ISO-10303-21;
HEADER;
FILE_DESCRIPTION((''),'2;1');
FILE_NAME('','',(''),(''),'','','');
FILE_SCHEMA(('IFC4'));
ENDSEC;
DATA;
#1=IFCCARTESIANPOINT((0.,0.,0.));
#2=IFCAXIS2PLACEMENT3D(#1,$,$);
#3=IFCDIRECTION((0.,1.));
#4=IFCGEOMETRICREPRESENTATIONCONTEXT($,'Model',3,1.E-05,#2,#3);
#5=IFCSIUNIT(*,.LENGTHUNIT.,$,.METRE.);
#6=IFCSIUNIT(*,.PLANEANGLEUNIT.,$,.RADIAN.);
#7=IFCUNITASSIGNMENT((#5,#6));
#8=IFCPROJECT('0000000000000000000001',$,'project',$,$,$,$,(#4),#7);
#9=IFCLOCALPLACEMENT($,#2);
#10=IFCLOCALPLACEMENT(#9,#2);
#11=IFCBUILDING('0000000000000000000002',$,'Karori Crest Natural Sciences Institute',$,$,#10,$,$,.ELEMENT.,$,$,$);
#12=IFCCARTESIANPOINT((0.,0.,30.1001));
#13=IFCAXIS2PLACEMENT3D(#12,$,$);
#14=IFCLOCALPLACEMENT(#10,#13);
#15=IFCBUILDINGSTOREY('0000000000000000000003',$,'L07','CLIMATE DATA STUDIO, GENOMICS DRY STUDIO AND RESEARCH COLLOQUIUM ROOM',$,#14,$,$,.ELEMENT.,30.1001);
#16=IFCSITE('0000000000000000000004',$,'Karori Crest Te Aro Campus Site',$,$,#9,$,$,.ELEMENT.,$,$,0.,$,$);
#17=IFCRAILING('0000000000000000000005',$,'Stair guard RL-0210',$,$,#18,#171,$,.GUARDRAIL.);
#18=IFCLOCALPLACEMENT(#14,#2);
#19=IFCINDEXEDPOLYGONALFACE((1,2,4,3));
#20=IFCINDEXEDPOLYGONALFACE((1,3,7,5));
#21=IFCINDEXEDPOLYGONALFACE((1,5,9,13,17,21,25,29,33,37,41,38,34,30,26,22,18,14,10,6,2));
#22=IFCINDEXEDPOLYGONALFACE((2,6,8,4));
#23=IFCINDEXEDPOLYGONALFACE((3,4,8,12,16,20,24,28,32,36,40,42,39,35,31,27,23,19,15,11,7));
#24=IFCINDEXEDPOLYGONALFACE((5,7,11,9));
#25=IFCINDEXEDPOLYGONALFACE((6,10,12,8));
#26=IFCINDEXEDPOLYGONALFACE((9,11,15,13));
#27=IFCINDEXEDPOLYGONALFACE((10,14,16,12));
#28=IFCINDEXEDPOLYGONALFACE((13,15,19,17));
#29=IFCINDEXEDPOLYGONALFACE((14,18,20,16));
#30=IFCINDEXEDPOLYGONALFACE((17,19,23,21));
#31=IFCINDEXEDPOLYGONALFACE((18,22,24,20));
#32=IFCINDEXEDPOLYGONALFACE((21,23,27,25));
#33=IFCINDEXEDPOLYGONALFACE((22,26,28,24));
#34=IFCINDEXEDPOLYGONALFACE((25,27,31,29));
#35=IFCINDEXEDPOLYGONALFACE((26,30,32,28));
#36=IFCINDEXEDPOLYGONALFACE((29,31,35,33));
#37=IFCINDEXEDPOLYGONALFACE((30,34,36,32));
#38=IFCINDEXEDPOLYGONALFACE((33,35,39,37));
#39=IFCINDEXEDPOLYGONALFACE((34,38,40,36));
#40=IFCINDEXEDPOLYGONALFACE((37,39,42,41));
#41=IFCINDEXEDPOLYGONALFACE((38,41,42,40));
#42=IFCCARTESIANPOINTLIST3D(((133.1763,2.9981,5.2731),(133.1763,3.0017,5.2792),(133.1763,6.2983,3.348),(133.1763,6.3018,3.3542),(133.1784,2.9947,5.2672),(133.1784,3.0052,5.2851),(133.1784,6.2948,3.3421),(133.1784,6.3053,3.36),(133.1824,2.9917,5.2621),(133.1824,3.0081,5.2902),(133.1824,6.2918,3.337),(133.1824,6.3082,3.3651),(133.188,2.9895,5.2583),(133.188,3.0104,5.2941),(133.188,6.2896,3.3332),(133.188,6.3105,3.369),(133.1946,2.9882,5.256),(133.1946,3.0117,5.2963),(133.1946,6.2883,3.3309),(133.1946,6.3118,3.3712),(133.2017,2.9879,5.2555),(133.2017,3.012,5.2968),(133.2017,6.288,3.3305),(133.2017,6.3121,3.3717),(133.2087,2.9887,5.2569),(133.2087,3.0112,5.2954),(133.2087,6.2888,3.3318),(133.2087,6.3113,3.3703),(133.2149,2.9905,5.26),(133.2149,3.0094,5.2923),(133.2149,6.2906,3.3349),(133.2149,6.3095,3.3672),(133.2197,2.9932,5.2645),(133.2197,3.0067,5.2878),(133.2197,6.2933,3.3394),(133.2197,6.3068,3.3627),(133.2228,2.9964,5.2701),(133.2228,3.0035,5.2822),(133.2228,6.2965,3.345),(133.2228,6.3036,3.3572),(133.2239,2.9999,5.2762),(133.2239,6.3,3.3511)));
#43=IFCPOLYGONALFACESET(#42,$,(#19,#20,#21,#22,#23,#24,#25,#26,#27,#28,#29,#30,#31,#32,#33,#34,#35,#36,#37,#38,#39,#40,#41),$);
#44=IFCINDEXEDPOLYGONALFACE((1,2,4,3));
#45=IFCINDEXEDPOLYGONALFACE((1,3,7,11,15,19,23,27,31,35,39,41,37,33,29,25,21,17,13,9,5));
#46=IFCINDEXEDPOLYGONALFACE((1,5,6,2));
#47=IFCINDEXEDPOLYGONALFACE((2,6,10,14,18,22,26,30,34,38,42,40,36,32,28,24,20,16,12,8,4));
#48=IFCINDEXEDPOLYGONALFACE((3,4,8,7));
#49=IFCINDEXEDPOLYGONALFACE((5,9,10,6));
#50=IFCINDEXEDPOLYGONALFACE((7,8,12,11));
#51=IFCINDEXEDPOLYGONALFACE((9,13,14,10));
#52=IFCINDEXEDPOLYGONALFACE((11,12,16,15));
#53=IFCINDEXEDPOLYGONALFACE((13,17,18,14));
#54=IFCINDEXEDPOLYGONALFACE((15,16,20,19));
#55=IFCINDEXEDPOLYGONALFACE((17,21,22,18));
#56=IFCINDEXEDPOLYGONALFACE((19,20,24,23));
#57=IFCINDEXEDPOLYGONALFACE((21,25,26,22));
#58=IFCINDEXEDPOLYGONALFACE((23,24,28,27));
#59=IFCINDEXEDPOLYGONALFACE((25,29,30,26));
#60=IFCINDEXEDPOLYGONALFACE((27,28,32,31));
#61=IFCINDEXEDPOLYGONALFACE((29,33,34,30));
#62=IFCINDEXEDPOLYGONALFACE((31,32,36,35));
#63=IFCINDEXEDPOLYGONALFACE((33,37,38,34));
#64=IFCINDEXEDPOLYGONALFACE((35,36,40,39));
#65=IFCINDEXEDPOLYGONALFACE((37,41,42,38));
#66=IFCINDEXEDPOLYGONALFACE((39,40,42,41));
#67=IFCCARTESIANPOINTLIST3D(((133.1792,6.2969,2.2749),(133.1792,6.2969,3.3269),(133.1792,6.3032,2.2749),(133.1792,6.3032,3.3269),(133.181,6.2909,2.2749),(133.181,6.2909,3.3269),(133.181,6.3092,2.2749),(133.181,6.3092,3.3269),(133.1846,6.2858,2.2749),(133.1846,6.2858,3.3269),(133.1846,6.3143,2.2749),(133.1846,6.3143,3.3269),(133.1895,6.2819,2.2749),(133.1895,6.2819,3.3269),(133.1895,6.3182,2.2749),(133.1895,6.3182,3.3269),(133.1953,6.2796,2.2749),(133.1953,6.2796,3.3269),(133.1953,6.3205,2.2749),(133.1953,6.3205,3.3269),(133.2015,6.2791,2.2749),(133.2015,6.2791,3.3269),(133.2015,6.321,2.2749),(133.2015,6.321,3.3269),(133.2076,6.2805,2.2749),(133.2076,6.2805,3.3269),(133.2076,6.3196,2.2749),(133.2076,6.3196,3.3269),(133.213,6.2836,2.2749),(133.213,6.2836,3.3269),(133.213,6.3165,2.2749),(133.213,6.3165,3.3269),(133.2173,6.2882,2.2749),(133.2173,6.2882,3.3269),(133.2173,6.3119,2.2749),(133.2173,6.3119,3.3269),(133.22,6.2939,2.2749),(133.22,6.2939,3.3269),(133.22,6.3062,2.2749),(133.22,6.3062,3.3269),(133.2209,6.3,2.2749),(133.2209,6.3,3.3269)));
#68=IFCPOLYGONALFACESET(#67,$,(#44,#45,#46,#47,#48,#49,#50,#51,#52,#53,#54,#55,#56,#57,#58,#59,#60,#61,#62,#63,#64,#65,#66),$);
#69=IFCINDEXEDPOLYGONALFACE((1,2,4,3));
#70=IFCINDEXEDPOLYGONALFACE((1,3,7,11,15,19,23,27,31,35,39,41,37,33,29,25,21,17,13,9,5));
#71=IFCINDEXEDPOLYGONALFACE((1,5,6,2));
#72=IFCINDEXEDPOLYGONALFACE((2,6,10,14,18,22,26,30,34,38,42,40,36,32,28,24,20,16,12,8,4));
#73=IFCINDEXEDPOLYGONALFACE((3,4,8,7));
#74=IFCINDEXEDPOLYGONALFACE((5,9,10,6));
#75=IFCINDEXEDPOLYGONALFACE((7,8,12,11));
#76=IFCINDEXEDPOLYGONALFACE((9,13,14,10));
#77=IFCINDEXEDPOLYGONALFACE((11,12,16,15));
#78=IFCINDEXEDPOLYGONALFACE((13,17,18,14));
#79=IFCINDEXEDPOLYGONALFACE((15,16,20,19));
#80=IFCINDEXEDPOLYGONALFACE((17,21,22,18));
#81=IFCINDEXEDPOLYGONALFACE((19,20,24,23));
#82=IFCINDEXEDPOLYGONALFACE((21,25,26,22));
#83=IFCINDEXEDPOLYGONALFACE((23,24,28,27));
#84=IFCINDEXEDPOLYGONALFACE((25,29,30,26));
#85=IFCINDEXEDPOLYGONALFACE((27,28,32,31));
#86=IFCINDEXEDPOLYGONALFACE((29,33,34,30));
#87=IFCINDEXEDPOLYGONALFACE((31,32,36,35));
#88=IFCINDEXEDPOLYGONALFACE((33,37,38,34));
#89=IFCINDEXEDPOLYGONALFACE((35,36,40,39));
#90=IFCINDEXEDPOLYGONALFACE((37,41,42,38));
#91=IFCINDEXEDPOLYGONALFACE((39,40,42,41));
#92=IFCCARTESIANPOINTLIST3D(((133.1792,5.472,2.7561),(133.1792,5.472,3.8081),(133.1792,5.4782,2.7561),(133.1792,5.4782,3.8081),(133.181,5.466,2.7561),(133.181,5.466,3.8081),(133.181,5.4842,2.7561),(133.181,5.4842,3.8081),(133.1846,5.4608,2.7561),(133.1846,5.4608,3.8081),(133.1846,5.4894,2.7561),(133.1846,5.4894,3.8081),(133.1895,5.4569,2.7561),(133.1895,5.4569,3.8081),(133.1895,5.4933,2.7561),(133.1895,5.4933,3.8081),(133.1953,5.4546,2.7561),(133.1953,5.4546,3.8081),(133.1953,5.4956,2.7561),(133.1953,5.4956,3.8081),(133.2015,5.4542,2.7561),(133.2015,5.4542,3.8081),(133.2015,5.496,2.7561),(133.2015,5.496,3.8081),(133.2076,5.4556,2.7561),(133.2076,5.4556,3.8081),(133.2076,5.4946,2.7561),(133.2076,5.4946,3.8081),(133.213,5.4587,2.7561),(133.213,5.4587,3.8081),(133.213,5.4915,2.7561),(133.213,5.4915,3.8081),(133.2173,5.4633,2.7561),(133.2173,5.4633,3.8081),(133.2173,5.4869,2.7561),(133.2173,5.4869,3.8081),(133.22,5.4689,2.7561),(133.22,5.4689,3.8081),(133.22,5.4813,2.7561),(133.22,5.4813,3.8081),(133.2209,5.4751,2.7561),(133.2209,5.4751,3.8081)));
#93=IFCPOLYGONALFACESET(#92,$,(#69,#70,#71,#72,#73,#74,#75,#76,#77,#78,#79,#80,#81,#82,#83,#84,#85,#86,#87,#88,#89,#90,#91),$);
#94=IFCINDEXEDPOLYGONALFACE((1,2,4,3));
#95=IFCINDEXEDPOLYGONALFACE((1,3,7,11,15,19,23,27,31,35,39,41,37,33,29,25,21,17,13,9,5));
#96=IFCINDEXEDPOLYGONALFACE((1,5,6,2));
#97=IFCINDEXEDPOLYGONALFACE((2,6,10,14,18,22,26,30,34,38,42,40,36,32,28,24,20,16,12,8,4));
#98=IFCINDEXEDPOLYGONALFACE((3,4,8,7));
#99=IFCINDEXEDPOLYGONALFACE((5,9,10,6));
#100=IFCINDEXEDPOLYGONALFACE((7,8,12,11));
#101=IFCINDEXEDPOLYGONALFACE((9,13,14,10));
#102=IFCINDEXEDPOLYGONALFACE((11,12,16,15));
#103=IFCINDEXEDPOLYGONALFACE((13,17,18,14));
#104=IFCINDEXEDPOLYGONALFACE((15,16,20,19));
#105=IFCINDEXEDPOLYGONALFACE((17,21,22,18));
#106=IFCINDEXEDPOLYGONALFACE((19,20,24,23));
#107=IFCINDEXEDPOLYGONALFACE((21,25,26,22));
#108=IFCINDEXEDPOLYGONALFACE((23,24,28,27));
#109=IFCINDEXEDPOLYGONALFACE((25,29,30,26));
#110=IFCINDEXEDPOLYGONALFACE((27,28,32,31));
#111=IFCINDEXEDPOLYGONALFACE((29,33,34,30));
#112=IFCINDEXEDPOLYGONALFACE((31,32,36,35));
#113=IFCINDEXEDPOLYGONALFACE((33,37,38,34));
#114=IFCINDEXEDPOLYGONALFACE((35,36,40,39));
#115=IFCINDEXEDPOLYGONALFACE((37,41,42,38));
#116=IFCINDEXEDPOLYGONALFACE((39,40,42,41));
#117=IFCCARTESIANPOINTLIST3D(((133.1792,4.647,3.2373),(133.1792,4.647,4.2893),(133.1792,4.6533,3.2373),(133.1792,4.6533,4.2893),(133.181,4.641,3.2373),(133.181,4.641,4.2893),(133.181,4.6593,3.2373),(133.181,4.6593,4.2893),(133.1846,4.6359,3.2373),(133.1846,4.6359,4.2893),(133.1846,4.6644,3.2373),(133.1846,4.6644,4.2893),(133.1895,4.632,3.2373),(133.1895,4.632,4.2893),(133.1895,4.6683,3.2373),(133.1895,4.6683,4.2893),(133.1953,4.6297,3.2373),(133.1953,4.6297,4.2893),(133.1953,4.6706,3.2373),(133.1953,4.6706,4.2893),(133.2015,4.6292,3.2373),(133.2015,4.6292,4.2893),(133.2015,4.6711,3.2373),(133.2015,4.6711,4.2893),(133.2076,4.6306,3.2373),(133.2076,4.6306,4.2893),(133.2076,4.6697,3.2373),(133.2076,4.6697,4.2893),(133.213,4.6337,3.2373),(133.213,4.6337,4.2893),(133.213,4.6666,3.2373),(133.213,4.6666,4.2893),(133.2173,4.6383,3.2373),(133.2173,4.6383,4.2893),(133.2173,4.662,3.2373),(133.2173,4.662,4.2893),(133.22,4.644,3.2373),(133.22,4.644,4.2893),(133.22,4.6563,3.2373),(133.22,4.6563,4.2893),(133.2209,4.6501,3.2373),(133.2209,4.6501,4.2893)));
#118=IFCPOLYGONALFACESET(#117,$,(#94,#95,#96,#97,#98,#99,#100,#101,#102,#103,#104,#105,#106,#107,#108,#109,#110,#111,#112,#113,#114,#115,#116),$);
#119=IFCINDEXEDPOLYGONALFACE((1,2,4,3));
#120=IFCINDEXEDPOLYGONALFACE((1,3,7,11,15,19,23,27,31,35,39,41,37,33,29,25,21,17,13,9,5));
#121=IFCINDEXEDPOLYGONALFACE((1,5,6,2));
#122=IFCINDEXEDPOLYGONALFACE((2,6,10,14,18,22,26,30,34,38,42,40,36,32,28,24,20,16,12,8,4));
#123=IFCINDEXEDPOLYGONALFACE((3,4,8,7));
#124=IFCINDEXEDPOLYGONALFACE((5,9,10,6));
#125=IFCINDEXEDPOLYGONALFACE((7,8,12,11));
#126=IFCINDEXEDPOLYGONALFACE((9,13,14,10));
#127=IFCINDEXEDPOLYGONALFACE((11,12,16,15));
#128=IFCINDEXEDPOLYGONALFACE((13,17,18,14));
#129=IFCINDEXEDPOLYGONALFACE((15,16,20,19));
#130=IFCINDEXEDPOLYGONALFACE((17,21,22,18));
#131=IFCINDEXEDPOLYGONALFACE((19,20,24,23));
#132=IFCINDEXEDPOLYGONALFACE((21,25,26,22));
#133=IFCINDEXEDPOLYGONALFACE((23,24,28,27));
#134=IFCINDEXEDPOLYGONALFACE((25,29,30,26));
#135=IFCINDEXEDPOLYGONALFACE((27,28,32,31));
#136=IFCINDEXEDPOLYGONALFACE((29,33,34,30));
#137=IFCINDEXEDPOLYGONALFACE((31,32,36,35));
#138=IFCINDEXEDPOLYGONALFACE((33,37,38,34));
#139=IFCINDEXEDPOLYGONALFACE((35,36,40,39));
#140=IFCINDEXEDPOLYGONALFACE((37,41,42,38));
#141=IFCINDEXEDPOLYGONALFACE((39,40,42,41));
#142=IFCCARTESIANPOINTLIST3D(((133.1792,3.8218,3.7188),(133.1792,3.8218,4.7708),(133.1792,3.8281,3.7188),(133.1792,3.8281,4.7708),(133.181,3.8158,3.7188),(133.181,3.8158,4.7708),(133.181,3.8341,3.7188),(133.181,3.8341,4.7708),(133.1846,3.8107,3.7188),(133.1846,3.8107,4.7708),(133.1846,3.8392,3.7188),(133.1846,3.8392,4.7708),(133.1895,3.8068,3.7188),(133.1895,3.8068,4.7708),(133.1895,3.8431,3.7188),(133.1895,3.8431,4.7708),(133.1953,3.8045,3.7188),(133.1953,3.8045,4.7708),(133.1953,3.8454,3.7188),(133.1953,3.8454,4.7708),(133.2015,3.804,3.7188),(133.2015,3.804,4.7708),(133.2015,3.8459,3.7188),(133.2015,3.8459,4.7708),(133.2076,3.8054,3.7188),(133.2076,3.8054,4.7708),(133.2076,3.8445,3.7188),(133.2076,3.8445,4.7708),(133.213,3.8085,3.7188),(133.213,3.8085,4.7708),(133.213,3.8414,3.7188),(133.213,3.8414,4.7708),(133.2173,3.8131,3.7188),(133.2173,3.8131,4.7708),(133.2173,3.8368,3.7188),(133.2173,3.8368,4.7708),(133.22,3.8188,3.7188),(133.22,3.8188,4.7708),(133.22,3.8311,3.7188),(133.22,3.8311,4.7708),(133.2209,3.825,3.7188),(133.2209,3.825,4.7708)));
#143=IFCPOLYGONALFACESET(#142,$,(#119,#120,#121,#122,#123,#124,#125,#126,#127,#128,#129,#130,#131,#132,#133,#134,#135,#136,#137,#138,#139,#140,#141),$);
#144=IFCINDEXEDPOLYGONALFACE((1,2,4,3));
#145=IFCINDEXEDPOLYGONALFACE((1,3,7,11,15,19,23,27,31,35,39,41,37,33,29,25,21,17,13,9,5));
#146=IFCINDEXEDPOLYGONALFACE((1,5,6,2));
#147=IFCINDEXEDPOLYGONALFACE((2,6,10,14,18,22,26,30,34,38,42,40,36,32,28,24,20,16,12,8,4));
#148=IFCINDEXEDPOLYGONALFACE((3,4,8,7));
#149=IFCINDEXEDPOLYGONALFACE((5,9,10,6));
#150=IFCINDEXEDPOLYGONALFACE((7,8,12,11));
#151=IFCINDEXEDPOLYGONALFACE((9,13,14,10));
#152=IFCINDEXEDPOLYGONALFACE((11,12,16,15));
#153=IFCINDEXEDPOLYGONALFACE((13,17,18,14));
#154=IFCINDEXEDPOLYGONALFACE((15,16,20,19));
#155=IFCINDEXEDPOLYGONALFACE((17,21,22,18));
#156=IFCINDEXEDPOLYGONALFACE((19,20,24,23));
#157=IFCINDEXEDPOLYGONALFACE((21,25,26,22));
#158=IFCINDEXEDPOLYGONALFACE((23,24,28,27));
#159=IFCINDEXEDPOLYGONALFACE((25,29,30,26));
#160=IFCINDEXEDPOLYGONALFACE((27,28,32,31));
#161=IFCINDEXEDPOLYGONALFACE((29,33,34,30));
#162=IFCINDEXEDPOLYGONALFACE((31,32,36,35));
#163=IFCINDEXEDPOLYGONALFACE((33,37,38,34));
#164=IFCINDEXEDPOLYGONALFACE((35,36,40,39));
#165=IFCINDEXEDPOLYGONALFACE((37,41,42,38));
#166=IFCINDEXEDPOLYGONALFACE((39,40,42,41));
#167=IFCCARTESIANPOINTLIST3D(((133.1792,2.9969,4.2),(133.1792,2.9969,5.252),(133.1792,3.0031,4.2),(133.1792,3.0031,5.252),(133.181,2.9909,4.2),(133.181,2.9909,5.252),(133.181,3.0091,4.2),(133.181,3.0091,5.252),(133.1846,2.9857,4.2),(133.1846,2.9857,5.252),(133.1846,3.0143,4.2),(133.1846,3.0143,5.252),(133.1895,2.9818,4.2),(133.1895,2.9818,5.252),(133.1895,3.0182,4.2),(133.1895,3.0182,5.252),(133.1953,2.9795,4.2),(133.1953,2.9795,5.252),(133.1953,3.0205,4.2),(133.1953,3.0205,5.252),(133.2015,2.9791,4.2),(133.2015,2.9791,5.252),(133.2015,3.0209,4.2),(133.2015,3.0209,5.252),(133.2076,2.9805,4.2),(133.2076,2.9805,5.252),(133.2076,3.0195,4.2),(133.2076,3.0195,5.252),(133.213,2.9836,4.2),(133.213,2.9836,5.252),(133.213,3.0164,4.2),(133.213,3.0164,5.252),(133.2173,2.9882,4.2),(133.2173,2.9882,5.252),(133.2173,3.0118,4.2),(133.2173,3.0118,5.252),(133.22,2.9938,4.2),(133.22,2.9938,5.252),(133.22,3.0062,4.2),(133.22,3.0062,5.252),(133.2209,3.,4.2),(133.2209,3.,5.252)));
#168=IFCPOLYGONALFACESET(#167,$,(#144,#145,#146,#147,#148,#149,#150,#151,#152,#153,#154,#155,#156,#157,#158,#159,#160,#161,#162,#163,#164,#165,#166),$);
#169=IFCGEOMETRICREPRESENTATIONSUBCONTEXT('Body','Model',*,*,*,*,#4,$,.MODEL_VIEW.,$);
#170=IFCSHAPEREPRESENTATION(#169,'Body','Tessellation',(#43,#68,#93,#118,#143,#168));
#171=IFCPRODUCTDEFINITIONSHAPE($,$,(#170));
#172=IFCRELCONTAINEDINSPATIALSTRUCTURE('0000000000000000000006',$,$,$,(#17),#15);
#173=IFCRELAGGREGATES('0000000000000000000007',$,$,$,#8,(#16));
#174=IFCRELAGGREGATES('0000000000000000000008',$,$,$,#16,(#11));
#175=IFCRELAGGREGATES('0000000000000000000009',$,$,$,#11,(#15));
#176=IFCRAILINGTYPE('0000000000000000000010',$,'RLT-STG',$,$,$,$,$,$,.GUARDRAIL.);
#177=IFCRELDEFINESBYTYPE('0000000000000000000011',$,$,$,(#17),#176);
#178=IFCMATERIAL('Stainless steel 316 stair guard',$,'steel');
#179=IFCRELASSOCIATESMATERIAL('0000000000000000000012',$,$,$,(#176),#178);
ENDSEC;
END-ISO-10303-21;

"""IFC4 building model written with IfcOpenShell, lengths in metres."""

from ifc_helpers import new_model, si_unit, direction, frame, origin, origin_2d, place, context, subcontext, project, spatial, circle, extrude, material, type_object, element, save


model = new_model("IFC4")

# Units and contexts
model_context = context("Model", 3, precision=1e-05, world=origin(), true_north=direction((0.0, 1.0)))
body_context = subcontext(model_context, "Body", "Model", "MODEL_VIEW")
ifc_project = project(units=[si_unit("LENGTHUNIT", "METRE"), si_unit("PLANEANGLEUNIT", "RADIAN")], contexts=[model_context])

# Site, building, storey
site_placement = place(None, origin())
site = spatial("IfcSite", under=ifc_project, at=site_placement, Name="Karori Crest Te Aro Campus Site", CompositionType="ELEMENT", RefElevation=0.0)
building_placement = place(site_placement, origin())
building = spatial("IfcBuilding", under=site, at=building_placement, Name="Karori Crest Natural Sciences Institute", CompositionType="ELEMENT")
storey_placement = place(building_placement, frame((0.0, 0.0, 30.1001)))
storey = spatial("IfcBuildingStorey", under=building, at=storey_placement, Name="L07", Description="CLIMATE DATA STUDIO, GENOMICS DRY STUDIO AND RESEARCH COLLOQUIUM ROOM", CompositionType="ELEMENT", Elevation=30.1001)

# Railing
ifc_material_1 = material(Name="Stainless steel 316 stair guard", Category="steel")
railing_type_1 = type_object("IfcRailingType", Name="RLT-STG", PredefinedType="GUARDRAIL", material=ifc_material_1)
railing_1_placement = place(storey_placement, frame((133.2, 6.3, 2.2749)))
element("IfcRailing", 1, at=railing_1_placement, inside=storey, type_object=railing_type_1, Name="Stair guard RL-0210", PredefinedType="GUARDRAIL", context=body_context, shape_type="SweptSolid", body=[
    extrude(circle(Radius=0.0239, at=origin_2d()), frame((0.0, 0.0, 1.0762), z_axis=(0.0, -0.863777, 0.503875), x_axis=(1.0, 0.0, 0.0)), (0.0, 0.0, 1.0), 3.8206),
    extrude(circle(Radius=0.021, at=origin_2d()), origin(), (0.0, 0.0, 1.0), 1.052),
    extrude(circle(Radius=0.021, at=origin_2d()), frame((0.0, -0.825, 0.4812)), (0.0, 0.0, 1.0), 1.052),
    extrude(circle(Radius=0.021, at=origin_2d()), frame((0.0, -1.6499, 0.9624)), (0.0, 0.0, 1.0), 1.052),
    extrude(circle(Radius=0.021, at=origin_2d()), frame((0.0, -2.4751, 1.4438)), (0.0, 0.0, 1.0), 1.052),
    extrude(circle(Radius=0.021, at=origin_2d()), frame((0.0, -3.3, 1.925)), (0.0, 0.0, 1.0), 1.052),
])

save(model, "model.ifc")
